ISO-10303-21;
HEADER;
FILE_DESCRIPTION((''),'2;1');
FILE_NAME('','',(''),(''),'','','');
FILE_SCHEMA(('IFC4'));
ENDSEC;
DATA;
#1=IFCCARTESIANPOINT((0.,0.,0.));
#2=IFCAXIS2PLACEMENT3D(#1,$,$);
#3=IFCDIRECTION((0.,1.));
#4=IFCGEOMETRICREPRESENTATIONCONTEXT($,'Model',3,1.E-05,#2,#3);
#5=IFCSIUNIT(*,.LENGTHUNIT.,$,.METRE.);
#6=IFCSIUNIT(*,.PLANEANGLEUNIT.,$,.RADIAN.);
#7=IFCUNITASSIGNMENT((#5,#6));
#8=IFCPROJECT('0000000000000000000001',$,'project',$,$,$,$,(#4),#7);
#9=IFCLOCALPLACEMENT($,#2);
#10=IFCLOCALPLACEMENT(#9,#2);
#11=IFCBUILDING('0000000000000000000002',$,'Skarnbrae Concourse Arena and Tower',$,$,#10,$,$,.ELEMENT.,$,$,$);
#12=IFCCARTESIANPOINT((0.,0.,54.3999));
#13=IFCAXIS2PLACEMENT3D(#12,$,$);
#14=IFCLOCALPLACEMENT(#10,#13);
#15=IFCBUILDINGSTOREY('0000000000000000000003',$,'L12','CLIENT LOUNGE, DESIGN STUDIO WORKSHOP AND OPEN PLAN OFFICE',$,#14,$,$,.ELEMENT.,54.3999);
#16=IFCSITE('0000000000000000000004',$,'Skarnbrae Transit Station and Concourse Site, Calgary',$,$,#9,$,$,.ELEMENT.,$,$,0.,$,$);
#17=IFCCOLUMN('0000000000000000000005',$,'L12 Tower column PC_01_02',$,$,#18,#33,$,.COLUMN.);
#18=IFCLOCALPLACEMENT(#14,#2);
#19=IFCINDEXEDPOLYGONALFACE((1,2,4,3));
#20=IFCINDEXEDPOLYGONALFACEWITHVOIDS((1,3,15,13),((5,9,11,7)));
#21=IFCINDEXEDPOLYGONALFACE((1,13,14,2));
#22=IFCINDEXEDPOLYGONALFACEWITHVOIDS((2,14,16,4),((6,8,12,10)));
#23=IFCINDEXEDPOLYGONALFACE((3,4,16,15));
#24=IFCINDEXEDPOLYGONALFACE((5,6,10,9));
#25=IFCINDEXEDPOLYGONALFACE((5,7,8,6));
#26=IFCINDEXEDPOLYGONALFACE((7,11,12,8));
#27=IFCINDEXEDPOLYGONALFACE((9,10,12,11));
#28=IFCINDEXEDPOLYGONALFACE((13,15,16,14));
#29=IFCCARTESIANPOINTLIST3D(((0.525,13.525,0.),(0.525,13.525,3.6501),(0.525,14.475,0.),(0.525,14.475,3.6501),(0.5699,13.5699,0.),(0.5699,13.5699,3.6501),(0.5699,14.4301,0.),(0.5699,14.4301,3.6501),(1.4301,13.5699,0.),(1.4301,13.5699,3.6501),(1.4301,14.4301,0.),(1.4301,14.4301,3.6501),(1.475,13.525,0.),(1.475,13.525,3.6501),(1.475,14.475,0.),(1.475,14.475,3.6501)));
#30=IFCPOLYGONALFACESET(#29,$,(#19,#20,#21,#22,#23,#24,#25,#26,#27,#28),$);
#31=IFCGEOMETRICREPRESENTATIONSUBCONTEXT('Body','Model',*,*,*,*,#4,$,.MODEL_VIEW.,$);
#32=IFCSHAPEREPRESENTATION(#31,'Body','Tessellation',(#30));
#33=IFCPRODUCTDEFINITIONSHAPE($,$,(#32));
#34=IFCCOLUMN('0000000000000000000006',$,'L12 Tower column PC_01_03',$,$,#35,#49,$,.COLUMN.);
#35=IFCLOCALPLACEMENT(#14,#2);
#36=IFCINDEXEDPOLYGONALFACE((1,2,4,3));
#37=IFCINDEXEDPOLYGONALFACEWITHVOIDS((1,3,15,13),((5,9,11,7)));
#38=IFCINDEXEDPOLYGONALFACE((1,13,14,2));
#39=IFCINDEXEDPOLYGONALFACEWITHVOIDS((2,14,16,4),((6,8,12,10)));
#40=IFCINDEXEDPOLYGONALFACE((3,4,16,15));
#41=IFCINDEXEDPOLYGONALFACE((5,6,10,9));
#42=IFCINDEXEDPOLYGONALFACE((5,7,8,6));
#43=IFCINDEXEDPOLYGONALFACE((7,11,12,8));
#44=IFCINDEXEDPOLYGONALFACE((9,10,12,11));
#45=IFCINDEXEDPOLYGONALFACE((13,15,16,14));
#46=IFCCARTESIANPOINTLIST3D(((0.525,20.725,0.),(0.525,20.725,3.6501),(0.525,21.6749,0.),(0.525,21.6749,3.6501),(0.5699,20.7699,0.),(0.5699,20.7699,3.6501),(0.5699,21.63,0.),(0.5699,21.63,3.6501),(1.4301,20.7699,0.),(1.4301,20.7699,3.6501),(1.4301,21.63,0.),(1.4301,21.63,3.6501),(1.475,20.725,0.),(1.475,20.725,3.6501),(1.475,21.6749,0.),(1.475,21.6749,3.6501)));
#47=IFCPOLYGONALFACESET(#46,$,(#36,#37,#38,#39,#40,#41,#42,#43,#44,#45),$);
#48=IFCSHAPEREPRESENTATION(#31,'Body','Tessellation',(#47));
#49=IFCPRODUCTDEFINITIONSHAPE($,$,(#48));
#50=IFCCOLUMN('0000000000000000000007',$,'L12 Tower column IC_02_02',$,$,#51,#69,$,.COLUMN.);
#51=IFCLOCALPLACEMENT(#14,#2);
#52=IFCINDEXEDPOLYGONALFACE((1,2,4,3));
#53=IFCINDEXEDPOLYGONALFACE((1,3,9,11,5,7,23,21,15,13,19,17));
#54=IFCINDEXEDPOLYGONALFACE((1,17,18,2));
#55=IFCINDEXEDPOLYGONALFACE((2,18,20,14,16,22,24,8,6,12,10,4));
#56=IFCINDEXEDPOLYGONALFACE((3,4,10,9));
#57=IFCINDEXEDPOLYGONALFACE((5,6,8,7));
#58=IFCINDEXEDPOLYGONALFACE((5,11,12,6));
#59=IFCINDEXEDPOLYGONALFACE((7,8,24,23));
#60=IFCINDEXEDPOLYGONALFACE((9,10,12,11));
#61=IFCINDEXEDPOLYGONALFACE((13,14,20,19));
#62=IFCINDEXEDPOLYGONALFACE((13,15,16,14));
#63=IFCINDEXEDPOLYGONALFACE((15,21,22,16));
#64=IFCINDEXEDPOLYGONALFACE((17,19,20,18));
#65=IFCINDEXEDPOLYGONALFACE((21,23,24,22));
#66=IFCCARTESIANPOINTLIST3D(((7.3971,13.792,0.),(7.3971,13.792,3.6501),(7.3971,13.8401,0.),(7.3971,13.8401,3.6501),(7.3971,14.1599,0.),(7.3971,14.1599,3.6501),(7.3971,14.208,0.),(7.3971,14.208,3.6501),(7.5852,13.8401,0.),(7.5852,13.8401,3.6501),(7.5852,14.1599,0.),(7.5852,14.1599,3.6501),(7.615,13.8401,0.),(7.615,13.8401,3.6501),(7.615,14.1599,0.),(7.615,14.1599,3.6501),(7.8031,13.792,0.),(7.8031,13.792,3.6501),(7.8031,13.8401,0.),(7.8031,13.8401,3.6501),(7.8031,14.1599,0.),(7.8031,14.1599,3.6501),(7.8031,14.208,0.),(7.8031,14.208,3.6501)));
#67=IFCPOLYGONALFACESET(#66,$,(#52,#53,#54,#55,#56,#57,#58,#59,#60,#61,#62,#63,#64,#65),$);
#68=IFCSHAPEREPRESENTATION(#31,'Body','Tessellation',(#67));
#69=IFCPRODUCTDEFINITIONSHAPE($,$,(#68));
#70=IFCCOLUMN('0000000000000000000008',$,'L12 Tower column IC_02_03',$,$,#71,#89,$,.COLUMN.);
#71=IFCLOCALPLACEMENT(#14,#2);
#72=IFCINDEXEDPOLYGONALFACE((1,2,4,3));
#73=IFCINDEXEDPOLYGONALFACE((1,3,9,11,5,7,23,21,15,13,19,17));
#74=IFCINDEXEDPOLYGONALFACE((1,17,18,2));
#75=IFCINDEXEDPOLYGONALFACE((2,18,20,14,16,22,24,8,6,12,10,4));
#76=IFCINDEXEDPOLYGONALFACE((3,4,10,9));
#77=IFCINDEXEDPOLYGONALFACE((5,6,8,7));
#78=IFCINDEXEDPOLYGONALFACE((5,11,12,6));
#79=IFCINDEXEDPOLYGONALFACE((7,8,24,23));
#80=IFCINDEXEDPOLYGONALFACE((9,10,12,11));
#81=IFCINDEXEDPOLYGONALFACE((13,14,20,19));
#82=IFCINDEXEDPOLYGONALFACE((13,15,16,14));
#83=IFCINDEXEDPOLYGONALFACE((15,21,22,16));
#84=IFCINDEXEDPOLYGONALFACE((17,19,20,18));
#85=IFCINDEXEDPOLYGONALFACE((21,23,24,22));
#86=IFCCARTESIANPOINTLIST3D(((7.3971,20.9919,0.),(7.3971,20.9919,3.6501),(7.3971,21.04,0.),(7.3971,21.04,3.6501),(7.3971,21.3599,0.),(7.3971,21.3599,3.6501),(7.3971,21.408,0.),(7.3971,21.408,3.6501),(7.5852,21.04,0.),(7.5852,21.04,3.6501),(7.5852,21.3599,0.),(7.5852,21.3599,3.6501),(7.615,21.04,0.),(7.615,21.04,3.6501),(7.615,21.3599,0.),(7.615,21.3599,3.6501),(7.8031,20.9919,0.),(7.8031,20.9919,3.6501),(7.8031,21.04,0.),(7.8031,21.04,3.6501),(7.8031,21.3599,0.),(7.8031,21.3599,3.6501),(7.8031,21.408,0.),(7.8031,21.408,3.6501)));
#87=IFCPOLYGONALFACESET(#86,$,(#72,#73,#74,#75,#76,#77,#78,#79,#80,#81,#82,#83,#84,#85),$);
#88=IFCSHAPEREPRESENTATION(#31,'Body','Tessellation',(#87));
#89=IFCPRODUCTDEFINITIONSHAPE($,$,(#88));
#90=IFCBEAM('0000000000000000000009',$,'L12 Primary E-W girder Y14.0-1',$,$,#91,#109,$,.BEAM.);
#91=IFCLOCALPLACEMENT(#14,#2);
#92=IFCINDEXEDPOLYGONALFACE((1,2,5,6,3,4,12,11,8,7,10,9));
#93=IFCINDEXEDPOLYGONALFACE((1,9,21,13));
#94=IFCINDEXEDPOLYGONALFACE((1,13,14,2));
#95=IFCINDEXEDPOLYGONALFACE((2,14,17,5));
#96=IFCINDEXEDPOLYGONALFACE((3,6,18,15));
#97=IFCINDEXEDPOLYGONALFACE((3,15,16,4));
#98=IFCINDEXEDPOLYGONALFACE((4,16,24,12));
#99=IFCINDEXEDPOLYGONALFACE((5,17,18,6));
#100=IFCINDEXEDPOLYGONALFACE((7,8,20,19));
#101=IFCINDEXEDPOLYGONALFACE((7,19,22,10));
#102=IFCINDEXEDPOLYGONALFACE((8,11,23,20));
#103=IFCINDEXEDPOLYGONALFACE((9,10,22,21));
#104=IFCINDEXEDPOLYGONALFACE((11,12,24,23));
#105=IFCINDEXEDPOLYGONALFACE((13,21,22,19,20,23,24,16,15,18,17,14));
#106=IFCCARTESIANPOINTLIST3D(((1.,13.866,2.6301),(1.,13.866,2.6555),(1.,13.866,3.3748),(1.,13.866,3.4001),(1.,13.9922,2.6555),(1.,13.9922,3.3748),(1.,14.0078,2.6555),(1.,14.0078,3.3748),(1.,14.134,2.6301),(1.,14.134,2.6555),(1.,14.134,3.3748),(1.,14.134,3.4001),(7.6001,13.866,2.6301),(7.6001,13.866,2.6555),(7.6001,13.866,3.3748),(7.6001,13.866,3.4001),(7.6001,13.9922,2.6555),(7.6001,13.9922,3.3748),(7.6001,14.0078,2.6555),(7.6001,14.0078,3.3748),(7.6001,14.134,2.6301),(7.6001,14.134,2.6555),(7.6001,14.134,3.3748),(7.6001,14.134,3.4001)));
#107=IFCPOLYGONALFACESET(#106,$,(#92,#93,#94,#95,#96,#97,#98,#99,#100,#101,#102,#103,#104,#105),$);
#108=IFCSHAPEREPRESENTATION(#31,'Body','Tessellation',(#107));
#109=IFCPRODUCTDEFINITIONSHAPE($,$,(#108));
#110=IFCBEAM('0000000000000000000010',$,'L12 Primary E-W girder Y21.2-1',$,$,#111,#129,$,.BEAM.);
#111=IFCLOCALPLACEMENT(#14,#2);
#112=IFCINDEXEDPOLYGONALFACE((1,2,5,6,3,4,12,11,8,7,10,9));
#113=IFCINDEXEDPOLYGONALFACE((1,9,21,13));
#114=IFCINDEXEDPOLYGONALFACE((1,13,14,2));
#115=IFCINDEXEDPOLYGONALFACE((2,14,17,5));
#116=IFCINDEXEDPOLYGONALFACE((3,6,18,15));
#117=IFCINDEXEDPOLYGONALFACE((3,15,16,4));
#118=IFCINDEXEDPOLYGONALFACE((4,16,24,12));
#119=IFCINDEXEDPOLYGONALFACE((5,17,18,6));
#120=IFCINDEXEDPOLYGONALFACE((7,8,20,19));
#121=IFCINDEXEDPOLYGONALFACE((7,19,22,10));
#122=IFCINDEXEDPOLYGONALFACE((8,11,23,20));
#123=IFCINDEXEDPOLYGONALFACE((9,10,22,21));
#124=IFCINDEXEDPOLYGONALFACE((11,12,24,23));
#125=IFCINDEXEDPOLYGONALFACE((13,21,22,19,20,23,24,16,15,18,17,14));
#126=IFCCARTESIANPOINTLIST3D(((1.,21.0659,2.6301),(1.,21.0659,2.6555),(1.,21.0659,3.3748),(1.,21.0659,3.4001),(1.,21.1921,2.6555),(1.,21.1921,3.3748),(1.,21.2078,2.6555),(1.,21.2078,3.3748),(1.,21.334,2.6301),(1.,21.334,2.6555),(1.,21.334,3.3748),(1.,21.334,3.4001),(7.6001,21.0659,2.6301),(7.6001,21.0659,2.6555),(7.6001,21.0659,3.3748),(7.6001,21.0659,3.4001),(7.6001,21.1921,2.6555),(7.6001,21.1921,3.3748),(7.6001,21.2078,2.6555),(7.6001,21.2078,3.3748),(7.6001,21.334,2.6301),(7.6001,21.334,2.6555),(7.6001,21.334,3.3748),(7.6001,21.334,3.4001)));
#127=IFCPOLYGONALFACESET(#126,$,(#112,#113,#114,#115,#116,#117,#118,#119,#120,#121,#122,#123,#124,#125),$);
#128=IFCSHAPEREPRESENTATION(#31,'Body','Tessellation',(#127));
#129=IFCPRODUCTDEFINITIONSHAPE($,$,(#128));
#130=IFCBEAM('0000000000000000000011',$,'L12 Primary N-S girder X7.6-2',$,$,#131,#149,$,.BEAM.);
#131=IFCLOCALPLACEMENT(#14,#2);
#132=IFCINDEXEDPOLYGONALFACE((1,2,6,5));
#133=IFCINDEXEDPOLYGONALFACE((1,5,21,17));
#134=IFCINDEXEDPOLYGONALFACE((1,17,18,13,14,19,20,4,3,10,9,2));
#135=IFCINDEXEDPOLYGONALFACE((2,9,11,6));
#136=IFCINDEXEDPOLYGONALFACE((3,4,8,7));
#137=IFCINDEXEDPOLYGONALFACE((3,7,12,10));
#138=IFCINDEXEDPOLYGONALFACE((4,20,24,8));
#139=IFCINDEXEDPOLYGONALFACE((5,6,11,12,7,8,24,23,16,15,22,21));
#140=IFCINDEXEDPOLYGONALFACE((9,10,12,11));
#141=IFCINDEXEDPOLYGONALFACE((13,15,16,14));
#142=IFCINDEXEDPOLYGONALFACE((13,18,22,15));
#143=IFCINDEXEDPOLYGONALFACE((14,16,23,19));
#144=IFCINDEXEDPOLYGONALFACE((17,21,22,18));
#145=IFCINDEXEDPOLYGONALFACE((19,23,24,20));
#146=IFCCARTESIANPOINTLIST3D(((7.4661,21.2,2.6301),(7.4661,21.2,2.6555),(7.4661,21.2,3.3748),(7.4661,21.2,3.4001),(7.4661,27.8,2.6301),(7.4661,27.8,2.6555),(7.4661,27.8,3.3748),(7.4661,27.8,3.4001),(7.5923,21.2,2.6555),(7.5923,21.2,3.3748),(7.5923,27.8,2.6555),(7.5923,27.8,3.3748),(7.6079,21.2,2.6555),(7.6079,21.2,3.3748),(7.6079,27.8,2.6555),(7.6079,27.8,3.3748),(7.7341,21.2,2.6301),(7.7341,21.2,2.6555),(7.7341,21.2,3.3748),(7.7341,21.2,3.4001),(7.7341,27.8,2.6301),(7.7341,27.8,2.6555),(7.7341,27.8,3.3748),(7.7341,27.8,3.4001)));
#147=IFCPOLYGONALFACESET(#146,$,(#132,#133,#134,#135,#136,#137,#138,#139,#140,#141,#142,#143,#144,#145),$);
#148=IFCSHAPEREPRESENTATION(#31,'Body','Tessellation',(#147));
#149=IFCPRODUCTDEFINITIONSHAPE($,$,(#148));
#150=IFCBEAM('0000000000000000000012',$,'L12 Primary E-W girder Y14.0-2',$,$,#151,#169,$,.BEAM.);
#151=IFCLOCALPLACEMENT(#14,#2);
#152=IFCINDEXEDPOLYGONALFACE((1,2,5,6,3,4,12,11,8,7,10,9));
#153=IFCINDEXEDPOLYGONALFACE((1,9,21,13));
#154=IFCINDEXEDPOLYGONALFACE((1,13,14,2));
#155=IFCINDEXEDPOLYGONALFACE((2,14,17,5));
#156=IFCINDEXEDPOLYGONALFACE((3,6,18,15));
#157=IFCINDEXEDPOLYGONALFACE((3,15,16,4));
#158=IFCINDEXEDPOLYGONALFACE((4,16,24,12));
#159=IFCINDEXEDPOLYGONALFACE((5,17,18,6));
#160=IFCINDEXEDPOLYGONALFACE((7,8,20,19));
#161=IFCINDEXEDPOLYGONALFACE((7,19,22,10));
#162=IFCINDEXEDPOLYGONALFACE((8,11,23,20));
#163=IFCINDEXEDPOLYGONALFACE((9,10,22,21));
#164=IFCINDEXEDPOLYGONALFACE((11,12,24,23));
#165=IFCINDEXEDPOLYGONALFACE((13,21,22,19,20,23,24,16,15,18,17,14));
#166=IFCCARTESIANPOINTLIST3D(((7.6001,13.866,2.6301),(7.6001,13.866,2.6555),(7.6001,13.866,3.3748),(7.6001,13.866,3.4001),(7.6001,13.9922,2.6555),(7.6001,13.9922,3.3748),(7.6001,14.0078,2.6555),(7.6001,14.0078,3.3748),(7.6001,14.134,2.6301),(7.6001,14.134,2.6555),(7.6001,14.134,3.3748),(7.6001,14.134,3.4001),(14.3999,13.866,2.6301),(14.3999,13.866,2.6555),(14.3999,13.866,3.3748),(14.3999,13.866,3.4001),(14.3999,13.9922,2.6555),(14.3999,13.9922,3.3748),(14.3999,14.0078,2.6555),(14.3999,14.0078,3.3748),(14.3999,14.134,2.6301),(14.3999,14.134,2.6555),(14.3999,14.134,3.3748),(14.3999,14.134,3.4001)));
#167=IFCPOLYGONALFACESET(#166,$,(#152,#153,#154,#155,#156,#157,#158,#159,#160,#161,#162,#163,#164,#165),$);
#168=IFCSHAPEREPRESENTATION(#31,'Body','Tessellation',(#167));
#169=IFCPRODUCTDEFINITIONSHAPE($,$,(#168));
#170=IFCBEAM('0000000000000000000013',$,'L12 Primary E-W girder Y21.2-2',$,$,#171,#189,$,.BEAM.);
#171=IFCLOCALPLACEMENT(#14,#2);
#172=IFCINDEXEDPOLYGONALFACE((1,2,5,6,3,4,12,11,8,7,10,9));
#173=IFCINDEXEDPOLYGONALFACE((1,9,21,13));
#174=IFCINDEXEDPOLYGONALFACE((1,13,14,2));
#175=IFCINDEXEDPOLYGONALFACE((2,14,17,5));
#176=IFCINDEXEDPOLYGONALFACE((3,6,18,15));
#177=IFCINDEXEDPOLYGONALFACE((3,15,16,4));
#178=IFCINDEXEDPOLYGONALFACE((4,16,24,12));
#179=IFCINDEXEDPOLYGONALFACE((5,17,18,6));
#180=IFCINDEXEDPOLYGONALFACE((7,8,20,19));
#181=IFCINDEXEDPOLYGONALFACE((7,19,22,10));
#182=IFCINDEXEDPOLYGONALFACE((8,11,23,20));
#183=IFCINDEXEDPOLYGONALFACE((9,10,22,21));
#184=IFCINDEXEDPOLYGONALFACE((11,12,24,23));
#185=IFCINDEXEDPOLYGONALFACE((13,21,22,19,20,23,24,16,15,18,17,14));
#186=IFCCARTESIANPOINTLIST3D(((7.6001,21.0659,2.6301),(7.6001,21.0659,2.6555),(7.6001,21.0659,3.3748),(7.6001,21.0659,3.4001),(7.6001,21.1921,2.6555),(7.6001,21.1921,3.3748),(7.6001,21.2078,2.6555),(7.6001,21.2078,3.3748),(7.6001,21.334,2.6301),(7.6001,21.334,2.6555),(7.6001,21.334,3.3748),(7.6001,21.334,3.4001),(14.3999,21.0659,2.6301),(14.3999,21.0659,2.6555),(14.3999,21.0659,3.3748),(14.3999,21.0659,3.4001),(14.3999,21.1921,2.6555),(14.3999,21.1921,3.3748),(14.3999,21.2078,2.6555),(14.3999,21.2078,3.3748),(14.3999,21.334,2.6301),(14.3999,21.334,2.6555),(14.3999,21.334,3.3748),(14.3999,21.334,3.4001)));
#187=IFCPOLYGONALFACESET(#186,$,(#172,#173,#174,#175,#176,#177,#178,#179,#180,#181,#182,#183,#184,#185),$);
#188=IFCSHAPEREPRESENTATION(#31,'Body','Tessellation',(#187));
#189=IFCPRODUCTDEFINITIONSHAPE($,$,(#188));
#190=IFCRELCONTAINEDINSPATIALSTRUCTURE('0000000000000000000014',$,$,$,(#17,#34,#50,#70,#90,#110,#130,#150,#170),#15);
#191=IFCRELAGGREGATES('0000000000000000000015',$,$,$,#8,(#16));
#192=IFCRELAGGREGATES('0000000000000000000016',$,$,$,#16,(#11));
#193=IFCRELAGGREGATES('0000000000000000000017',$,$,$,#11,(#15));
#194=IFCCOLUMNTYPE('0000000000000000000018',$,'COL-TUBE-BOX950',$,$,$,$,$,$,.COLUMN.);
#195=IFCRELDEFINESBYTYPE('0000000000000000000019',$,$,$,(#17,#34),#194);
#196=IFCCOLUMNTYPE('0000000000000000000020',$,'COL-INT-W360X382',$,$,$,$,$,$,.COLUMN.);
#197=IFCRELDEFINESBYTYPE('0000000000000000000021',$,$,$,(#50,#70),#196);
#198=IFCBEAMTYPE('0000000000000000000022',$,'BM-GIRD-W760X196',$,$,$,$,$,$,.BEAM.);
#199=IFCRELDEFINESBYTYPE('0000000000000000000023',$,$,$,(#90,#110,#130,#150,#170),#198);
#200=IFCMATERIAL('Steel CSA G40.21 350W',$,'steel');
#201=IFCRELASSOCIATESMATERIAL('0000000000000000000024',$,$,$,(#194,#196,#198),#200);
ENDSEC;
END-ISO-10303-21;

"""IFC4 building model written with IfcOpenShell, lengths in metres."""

from ifc_helpers import new_model, si_unit, direction, frame, origin, origin_2d, place, context, subcontext, project, spatial, hollow_rectangle, i_section, extrude, source, transform, mapped, material, material_profile, profile_set, type_object, element, save


model = new_model("IFC4")

# Units and contexts
model_context = context("Model", 3, precision=1e-05, world=origin(), true_north=direction((0.0, 1.0)))
body_context = subcontext(model_context, "Body", "Model", "MODEL_VIEW")
ifc_project = project(units=[si_unit("LENGTHUNIT", "METRE"), si_unit("PLANEANGLEUNIT", "RADIAN")], contexts=[model_context])

# Site, building, storey
site_placement = place(None, origin())
site = spatial("IfcSite", under=ifc_project, at=site_placement, Name="Skarnbrae Transit Station and Concourse Site, Calgary", CompositionType="ELEMENT", RefElevation=0.0)
building_placement = place(site_placement, origin())
building = spatial("IfcBuilding", under=site, at=building_placement, Name="Skarnbrae Concourse Arena and Tower", CompositionType="ELEMENT")
storey_placement = place(building_placement, frame((0.0, 0.0, 54.3999)))
storey = spatial("IfcBuildingStorey", under=building, at=storey_placement, Name="L12", Description="CLIENT LOUNGE, DESIGN STUDIO WORKSHOP AND OPEN PLAN OFFICE", CompositionType="ELEMENT", Elevation=54.3999)

# Columns
ifc_material_1 = material(Name="Steel CSA G40.21 350W", Category="steel")
ifc_material_profile_1 = material_profile(ifc_material_1, hollow_rectangle(XDim=0.95, YDim=0.95, WallThickness=0.0449, at=origin_2d()), Name="BOX950X950X45")
ifc_profile_set_1 = profile_set([ifc_material_profile_1], Name="Steel CSA G40.21 350W")
column_type_1 = type_object("IfcColumnType", Name="COL-TUBE-BOX950", PredefinedType="COLUMN", material=ifc_profile_set_1)
shared_shape_1 = source(origin(), body_context, "Body", "SweptSolid", [
    extrude(hollow_rectangle(XDim=0.95, YDim=0.95, WallThickness=0.0449, at=origin_2d()), origin(), (0.0, 0.0, 1.0), 3.6501),
])
for number, where, z_axis, x_axis, name in (
    (1, (1.0, 14.0, 0.0), (0.0, 0.0, 1.0), (1.0, 0.0, 0.0), "L12 Tower column PC_01_02"),
    (2, (1.0, 21.2, 0.0), (0.0, 0.0, 1.0), (1.0, 0.0, 0.0), "L12 Tower column PC_01_03"),
):
    element("IfcColumn", number, at=place(storey_placement, frame(where, z_axis=z_axis, x_axis=x_axis)), inside=storey, type_object=column_type_1, Name=name, PredefinedType="COLUMN", context=body_context, shape_type="MappedRepresentation", body=[
        mapped(shared_shape_1, transform((0.0, 0.0, 0.0))),
    ])
ifc_material_profile_2 = material_profile(ifc_material_1, i_section(OverallWidth=0.406, OverallDepth=0.416, WebThickness=0.0298, FlangeThickness=0.0481, at=origin_2d()), Name="W360X382")
ifc_profile_set_2 = profile_set([ifc_material_profile_2], Name="Steel CSA G40.21 350W")
column_type_2 = type_object("IfcColumnType", Name="COL-INT-W360X382", PredefinedType="COLUMN", material=ifc_profile_set_2)
shared_shape_2 = source(origin(), body_context, "Body", "SweptSolid", [
    extrude(i_section(OverallWidth=0.406, OverallDepth=0.416, WebThickness=0.0298, FlangeThickness=0.0481, at=origin_2d()), origin(), (0.0, 0.0, 1.0), 3.6501),
])
for number, where, z_axis, x_axis, name in (
    (3, (7.6001, 14.0, 0.0), (0.0, 0.0, 1.0), (1.0, 0.0, 0.0), "L12 Tower column IC_02_02"),
    (4, (7.6001, 21.2, 0.0), (0.0, 0.0, 1.0), (1.0, 0.0, 0.0), "L12 Tower column IC_02_03"),
):
    element("IfcColumn", number, at=place(storey_placement, frame(where, z_axis=z_axis, x_axis=x_axis)), inside=storey, type_object=column_type_2, Name=name, PredefinedType="COLUMN", context=body_context, shape_type="MappedRepresentation", body=[
        mapped(shared_shape_2, transform((0.0, 0.0, 0.0))),
    ])

# Beams
ifc_material_profile_3 = material_profile(ifc_material_1, i_section(OverallWidth=0.2681, OverallDepth=0.77, WebThickness=0.0156, FlangeThickness=0.0254, at=origin_2d()), Name="W760X196")
ifc_profile_set_3 = profile_set([ifc_material_profile_3], Name="Steel CSA G40.21 350W")
beam_type_1 = type_object("IfcBeamType", Name="BM-GIRD-W760X196", PredefinedType="BEAM", material=ifc_profile_set_3)
shared_shape_3 = source(origin(), body_context, "Body", "SweptSolid", [
    extrude(i_section(OverallWidth=0.2681, OverallDepth=0.77, WebThickness=0.0156, FlangeThickness=0.0254, at=origin_2d()), origin(), (0.0, 0.0, 1.0), 6.6001),
])
for number, where, z_axis, x_axis, name in (
    (5, (1.0, 14.0, 3.0151), (1.0, 0.0, 0.0), (0.0, 1.0, 0.0), "L12 Primary E-W girder Y14.0-1"),
    (6, (1.0, 21.2, 3.0151), (1.0, 0.0, 0.0), (0.0, 1.0, 0.0), "L12 Primary E-W girder Y21.2-1"),
    (7, (7.6001, 21.2, 3.0151), (0.0, 1.0, 0.0), (-1.0, 0.0, 0.0), "L12 Primary N-S girder X7.6-2"),
):
    element("IfcBeam", number, at=place(storey_placement, frame(where, z_axis=z_axis, x_axis=x_axis)), inside=storey, type_object=beam_type_1, Name=name, PredefinedType="BEAM", context=body_context, shape_type="MappedRepresentation", body=[
        mapped(shared_shape_3, transform((0.0, 0.0, 0.0))),
    ])
shared_shape_4 = source(origin(), body_context, "Body", "SweptSolid", [
    extrude(i_section(OverallWidth=0.2681, OverallDepth=0.77, WebThickness=0.0156, FlangeThickness=0.0254, at=origin_2d()), origin(), (0.0, 0.0, 1.0), 6.7998),
])
for number, where, z_axis, x_axis, name in (
    (8, (7.6001, 14.0, 3.0151), (1.0, 0.0, 0.0), (0.0, 1.0, 0.0), "L12 Primary E-W girder Y14.0-2"),
    (9, (7.6001, 21.2, 3.0151), (1.0, 0.0, 0.0), (0.0, 1.0, 0.0), "L12 Primary E-W girder Y21.2-2"),
):
    element("IfcBeam", number, at=place(storey_placement, frame(where, z_axis=z_axis, x_axis=x_axis)), inside=storey, type_object=beam_type_1, Name=name, PredefinedType="BEAM", context=body_context, shape_type="MappedRepresentation", body=[
        mapped(shared_shape_4, transform((0.0, 0.0, 0.0))),
    ])

save(model, "model.ifc")
